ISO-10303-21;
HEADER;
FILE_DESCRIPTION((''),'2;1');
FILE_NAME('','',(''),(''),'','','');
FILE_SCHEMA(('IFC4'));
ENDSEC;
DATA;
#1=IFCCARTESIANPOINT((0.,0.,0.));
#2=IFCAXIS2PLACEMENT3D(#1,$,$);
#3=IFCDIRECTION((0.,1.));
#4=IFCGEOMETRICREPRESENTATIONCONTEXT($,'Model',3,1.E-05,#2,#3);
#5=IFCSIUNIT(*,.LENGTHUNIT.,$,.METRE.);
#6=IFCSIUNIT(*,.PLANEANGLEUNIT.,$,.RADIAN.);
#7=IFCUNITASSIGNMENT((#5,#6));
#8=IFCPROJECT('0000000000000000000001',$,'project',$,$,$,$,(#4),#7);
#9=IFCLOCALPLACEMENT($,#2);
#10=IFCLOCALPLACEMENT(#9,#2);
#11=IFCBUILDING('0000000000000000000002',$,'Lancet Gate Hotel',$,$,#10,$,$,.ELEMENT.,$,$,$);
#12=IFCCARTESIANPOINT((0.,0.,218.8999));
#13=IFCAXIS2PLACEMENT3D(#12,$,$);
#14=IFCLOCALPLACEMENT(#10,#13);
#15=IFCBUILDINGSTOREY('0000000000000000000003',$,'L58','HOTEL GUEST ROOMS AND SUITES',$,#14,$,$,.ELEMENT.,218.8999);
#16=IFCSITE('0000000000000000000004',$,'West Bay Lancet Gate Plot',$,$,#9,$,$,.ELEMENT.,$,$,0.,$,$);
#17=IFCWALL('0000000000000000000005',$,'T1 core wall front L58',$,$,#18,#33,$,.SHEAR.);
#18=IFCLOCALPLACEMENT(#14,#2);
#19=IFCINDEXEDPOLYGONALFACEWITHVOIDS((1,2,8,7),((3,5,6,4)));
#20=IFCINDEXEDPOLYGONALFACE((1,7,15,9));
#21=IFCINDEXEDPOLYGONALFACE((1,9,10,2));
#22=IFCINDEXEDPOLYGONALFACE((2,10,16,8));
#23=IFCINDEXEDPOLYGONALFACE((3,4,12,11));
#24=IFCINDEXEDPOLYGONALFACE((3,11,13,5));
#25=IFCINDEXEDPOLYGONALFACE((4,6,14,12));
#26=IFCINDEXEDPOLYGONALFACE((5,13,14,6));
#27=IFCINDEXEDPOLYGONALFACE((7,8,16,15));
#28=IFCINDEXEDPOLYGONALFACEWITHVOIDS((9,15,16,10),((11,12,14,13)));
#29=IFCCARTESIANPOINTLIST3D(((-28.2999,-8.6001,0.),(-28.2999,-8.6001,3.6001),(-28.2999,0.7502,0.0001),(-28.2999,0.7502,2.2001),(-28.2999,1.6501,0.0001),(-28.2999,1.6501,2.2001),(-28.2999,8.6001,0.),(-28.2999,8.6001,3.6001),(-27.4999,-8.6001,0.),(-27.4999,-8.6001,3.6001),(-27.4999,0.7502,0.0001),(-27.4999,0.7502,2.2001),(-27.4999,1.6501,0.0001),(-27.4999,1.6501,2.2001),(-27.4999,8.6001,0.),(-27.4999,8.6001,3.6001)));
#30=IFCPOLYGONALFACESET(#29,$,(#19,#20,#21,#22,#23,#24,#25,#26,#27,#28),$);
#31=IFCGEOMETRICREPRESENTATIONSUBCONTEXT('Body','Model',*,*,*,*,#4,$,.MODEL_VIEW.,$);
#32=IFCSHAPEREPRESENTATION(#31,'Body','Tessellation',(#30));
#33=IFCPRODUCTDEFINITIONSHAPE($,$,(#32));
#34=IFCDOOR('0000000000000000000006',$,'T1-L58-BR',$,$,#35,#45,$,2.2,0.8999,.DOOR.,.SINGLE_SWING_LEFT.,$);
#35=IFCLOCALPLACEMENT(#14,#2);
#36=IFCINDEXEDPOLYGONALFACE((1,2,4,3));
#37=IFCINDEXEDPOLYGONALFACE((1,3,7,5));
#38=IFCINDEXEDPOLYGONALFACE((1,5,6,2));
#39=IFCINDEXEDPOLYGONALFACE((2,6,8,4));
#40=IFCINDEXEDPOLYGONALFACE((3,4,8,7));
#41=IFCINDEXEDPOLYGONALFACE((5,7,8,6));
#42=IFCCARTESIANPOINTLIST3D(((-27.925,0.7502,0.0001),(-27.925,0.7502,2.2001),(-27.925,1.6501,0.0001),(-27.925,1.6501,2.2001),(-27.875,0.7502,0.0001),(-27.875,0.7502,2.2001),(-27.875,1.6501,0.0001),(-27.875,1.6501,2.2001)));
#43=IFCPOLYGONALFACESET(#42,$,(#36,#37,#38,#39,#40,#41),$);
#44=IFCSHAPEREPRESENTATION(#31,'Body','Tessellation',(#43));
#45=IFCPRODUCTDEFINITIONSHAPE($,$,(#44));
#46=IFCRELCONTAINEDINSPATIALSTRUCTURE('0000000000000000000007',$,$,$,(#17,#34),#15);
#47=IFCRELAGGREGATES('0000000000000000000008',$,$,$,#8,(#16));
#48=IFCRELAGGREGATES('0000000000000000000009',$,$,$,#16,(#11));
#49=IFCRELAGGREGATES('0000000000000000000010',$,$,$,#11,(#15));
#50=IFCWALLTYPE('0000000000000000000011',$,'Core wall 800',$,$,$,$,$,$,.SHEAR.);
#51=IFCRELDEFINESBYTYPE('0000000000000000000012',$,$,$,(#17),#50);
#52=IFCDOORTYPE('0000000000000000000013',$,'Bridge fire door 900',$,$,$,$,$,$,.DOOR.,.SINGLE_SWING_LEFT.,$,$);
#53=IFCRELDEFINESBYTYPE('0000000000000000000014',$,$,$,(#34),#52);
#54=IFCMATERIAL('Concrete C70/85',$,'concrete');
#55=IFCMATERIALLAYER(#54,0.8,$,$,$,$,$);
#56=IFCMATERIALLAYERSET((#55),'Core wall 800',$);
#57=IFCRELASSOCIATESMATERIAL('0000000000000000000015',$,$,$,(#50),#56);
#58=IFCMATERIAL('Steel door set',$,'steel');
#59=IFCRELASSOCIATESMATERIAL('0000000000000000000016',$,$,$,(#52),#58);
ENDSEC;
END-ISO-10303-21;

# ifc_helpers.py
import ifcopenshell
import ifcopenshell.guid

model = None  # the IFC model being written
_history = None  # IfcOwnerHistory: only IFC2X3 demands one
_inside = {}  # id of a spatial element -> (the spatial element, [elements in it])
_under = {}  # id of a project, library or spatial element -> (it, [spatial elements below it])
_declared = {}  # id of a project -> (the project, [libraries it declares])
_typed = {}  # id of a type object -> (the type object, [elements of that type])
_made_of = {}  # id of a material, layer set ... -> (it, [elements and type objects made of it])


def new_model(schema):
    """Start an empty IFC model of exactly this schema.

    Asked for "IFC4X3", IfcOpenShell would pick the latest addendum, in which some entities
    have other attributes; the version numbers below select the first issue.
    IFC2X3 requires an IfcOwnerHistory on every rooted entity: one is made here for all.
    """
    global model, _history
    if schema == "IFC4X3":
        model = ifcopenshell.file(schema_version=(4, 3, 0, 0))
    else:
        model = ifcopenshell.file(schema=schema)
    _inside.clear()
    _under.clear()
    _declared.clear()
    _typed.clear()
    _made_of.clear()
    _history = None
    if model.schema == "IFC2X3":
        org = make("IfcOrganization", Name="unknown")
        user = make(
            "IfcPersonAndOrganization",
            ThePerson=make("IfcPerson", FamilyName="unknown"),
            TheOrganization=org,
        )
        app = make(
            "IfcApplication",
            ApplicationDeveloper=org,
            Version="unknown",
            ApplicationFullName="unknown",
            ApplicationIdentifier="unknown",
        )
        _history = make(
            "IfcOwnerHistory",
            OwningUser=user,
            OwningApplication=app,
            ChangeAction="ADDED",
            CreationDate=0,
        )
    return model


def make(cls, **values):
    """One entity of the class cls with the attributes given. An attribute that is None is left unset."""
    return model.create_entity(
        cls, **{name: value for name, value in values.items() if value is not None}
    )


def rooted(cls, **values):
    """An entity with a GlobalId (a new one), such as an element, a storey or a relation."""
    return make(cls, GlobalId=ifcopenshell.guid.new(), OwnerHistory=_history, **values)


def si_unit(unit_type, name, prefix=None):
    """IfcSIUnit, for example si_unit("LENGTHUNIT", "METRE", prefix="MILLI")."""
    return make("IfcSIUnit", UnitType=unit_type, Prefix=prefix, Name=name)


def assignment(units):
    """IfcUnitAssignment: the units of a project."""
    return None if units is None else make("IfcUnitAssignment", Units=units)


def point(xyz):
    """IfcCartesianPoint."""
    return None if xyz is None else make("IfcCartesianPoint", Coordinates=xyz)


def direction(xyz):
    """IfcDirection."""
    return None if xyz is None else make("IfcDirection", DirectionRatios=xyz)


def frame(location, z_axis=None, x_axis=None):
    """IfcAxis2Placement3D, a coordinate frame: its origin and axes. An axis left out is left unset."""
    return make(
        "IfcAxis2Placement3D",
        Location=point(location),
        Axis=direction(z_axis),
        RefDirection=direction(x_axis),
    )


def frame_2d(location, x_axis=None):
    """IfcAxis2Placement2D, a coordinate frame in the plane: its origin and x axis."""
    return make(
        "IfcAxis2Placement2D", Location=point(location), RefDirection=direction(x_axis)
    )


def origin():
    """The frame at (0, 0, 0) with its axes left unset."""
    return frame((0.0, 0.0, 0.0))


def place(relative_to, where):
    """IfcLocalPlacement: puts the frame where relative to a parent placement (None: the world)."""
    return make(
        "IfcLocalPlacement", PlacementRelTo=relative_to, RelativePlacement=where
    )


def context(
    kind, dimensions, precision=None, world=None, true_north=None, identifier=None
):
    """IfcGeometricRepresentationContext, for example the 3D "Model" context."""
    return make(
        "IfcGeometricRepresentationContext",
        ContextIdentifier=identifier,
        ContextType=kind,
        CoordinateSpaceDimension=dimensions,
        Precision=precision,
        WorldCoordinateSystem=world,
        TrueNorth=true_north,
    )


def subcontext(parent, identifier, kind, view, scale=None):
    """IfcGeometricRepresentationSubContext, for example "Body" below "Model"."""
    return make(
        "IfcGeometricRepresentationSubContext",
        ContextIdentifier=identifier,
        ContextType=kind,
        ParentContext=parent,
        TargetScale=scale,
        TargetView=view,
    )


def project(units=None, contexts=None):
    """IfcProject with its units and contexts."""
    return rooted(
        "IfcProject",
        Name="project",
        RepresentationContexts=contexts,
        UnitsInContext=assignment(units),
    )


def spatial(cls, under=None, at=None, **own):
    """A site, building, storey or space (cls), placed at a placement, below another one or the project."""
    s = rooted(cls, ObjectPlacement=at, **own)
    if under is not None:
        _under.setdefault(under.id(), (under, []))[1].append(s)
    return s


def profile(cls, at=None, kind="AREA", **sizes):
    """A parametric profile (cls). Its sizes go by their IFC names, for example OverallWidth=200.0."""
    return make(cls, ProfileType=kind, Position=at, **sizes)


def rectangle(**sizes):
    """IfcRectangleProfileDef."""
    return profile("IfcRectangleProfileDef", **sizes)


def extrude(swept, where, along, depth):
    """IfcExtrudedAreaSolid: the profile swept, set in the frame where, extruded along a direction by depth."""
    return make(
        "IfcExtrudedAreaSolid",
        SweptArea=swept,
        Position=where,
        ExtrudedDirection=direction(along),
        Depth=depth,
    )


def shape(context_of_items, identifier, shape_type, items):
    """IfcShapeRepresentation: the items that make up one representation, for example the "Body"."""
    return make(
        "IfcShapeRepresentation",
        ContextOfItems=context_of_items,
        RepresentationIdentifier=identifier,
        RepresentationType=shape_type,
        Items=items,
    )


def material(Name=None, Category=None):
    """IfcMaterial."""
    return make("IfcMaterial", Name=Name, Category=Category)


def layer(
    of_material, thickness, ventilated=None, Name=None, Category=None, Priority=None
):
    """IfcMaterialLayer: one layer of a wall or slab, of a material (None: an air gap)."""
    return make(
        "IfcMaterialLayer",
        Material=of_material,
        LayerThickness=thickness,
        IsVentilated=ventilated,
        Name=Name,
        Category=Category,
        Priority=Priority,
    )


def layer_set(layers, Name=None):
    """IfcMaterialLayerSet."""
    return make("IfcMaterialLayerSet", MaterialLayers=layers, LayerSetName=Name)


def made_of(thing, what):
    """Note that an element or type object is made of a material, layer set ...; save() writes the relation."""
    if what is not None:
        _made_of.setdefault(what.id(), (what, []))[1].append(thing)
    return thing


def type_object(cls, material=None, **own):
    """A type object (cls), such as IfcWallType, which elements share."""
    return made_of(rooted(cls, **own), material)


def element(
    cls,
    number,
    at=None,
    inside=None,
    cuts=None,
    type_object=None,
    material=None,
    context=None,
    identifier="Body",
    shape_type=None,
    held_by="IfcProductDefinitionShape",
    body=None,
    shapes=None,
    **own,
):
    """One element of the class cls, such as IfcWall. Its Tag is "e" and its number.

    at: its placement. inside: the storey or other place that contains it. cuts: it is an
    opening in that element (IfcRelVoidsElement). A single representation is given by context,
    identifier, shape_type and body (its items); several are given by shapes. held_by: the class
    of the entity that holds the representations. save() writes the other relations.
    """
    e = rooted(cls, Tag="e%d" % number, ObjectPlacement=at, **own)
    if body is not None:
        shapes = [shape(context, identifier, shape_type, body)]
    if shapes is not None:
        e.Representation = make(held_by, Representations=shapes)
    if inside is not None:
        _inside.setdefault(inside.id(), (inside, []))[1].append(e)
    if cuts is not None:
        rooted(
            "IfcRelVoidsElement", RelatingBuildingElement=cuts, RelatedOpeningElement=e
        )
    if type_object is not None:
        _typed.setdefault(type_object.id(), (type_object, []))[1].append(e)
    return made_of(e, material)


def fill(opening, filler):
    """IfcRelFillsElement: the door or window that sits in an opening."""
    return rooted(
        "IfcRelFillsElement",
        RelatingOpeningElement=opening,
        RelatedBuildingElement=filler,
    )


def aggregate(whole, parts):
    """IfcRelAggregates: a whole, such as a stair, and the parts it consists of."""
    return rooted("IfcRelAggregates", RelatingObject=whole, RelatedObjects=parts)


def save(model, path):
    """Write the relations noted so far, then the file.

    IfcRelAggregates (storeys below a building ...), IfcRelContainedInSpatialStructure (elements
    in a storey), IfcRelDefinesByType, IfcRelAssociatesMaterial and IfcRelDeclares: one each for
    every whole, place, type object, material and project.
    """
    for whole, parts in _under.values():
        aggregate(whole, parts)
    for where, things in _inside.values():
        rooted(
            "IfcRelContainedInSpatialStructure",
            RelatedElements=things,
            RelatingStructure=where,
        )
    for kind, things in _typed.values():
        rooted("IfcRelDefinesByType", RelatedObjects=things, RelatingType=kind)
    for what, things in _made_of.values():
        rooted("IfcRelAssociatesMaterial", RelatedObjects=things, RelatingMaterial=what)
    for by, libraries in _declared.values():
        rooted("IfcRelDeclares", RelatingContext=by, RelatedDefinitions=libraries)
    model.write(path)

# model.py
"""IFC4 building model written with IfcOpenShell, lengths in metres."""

from ifc_helpers import new_model, si_unit, direction, frame, frame_2d, origin, place, context, subcontext, project, spatial, rectangle, extrude, material, layer, layer_set, type_object, element, fill, save


model = new_model("IFC4")

# Units and contexts
model_context = context("Model", 3, precision=1e-05, world=origin(), true_north=direction((0.0, 1.0)))
body_context = subcontext(model_context, "Body", "Model", "MODEL_VIEW")
ifc_project = project(units=[si_unit("LENGTHUNIT", "METRE"), si_unit("PLANEANGLEUNIT", "RADIAN")], contexts=[model_context])

# Site, building, storey
site_placement = place(None, origin())
site = spatial("IfcSite", under=ifc_project, at=site_placement, Name="West Bay Lancet Gate Plot", CompositionType="ELEMENT", RefElevation=0.0)
building_placement = place(site_placement, origin())
building = spatial("IfcBuilding", under=site, at=building_placement, Name="Lancet Gate Hotel", CompositionType="ELEMENT")
storey_placement = place(building_placement, frame((0.0, 0.0, 218.8999)))
storey = spatial("IfcBuildingStorey", under=building, at=storey_placement, Name="L58", Description="HOTEL GUEST ROOMS AND SUITES", CompositionType="ELEMENT", Elevation=218.8999)

# Wall, opening, door
ifc_material_1 = material(Name="Concrete C70/85", Category="concrete")
ifc_layer_1 = layer(ifc_material_1, 0.8)
ifc_layer_set_1 = layer_set([ifc_layer_1], Name="Core wall 800")
wall_type_1 = type_object("IfcWallType", Name="Core wall 800", PredefinedType="SHEAR", material=ifc_layer_set_1)
wall_1_placement = place(storey_placement, frame((-27.8999, 8.6001, 0.0), z_axis=(0.0, 0.0, 1.0), x_axis=(0.0, -1.0, 0.0)))
wall_1 = element("IfcWall", 1, at=wall_1_placement, inside=storey, type_object=wall_type_1, Name="T1 core wall front L58", PredefinedType="SHEAR", context=body_context, shape_type="SweptSolid", body=[
    extrude(rectangle(XDim=17.2002, YDim=0.8, at=frame_2d((8.6001, 0.0))), origin(), (0.0, 0.0, 1.0), 3.6001),
])
opening_1_placement = place(wall_1_placement, frame((6.95, 0.0, 0.0)))
opening_1 = element("IfcOpeningElement", 2, at=opening_1_placement, cuts=wall_1, PredefinedType="OPENING", context=body_context, shape_type="SweptSolid", body=[
    extrude(rectangle(XDim=0.8999, YDim=2.2, at=frame_2d((0.45, 1.1001))), frame((0.0, 0.4099, 0.0), z_axis=(0.0, -1.0, 0.0), x_axis=(1.0, 0.0, 0.0)), (0.0, 0.0, 1.0), 0.8201),
])
ifc_material_2 = material(Name="Steel door set", Category="steel")
door_type_1 = type_object("IfcDoorType", Name="Bridge fire door 900", OperationType="SINGLE_SWING_LEFT", PredefinedType="DOOR", material=ifc_material_2)
door_1_placement = place(opening_1_placement, origin())
door_1 = element("IfcDoor", 3, at=door_1_placement, inside=storey, type_object=door_type_1, Name="T1-L58-BR", OperationType="SINGLE_SWING_LEFT", OverallHeight=2.2, OverallWidth=0.8999, PredefinedType="DOOR", context=body_context, shape_type="SweptSolid", body=[
    extrude(rectangle(XDim=0.8999, YDim=2.2, at=frame_2d((0.45, 1.1001))), frame((0.0, 0.0249, 0.0), z_axis=(0.0, -1.0, 0.0), x_axis=(1.0, 0.0, 0.0)), (0.0, 0.0, 1.0), 0.05),
])
fill(opening_1, door_1)

save(model, "model.ifc")
